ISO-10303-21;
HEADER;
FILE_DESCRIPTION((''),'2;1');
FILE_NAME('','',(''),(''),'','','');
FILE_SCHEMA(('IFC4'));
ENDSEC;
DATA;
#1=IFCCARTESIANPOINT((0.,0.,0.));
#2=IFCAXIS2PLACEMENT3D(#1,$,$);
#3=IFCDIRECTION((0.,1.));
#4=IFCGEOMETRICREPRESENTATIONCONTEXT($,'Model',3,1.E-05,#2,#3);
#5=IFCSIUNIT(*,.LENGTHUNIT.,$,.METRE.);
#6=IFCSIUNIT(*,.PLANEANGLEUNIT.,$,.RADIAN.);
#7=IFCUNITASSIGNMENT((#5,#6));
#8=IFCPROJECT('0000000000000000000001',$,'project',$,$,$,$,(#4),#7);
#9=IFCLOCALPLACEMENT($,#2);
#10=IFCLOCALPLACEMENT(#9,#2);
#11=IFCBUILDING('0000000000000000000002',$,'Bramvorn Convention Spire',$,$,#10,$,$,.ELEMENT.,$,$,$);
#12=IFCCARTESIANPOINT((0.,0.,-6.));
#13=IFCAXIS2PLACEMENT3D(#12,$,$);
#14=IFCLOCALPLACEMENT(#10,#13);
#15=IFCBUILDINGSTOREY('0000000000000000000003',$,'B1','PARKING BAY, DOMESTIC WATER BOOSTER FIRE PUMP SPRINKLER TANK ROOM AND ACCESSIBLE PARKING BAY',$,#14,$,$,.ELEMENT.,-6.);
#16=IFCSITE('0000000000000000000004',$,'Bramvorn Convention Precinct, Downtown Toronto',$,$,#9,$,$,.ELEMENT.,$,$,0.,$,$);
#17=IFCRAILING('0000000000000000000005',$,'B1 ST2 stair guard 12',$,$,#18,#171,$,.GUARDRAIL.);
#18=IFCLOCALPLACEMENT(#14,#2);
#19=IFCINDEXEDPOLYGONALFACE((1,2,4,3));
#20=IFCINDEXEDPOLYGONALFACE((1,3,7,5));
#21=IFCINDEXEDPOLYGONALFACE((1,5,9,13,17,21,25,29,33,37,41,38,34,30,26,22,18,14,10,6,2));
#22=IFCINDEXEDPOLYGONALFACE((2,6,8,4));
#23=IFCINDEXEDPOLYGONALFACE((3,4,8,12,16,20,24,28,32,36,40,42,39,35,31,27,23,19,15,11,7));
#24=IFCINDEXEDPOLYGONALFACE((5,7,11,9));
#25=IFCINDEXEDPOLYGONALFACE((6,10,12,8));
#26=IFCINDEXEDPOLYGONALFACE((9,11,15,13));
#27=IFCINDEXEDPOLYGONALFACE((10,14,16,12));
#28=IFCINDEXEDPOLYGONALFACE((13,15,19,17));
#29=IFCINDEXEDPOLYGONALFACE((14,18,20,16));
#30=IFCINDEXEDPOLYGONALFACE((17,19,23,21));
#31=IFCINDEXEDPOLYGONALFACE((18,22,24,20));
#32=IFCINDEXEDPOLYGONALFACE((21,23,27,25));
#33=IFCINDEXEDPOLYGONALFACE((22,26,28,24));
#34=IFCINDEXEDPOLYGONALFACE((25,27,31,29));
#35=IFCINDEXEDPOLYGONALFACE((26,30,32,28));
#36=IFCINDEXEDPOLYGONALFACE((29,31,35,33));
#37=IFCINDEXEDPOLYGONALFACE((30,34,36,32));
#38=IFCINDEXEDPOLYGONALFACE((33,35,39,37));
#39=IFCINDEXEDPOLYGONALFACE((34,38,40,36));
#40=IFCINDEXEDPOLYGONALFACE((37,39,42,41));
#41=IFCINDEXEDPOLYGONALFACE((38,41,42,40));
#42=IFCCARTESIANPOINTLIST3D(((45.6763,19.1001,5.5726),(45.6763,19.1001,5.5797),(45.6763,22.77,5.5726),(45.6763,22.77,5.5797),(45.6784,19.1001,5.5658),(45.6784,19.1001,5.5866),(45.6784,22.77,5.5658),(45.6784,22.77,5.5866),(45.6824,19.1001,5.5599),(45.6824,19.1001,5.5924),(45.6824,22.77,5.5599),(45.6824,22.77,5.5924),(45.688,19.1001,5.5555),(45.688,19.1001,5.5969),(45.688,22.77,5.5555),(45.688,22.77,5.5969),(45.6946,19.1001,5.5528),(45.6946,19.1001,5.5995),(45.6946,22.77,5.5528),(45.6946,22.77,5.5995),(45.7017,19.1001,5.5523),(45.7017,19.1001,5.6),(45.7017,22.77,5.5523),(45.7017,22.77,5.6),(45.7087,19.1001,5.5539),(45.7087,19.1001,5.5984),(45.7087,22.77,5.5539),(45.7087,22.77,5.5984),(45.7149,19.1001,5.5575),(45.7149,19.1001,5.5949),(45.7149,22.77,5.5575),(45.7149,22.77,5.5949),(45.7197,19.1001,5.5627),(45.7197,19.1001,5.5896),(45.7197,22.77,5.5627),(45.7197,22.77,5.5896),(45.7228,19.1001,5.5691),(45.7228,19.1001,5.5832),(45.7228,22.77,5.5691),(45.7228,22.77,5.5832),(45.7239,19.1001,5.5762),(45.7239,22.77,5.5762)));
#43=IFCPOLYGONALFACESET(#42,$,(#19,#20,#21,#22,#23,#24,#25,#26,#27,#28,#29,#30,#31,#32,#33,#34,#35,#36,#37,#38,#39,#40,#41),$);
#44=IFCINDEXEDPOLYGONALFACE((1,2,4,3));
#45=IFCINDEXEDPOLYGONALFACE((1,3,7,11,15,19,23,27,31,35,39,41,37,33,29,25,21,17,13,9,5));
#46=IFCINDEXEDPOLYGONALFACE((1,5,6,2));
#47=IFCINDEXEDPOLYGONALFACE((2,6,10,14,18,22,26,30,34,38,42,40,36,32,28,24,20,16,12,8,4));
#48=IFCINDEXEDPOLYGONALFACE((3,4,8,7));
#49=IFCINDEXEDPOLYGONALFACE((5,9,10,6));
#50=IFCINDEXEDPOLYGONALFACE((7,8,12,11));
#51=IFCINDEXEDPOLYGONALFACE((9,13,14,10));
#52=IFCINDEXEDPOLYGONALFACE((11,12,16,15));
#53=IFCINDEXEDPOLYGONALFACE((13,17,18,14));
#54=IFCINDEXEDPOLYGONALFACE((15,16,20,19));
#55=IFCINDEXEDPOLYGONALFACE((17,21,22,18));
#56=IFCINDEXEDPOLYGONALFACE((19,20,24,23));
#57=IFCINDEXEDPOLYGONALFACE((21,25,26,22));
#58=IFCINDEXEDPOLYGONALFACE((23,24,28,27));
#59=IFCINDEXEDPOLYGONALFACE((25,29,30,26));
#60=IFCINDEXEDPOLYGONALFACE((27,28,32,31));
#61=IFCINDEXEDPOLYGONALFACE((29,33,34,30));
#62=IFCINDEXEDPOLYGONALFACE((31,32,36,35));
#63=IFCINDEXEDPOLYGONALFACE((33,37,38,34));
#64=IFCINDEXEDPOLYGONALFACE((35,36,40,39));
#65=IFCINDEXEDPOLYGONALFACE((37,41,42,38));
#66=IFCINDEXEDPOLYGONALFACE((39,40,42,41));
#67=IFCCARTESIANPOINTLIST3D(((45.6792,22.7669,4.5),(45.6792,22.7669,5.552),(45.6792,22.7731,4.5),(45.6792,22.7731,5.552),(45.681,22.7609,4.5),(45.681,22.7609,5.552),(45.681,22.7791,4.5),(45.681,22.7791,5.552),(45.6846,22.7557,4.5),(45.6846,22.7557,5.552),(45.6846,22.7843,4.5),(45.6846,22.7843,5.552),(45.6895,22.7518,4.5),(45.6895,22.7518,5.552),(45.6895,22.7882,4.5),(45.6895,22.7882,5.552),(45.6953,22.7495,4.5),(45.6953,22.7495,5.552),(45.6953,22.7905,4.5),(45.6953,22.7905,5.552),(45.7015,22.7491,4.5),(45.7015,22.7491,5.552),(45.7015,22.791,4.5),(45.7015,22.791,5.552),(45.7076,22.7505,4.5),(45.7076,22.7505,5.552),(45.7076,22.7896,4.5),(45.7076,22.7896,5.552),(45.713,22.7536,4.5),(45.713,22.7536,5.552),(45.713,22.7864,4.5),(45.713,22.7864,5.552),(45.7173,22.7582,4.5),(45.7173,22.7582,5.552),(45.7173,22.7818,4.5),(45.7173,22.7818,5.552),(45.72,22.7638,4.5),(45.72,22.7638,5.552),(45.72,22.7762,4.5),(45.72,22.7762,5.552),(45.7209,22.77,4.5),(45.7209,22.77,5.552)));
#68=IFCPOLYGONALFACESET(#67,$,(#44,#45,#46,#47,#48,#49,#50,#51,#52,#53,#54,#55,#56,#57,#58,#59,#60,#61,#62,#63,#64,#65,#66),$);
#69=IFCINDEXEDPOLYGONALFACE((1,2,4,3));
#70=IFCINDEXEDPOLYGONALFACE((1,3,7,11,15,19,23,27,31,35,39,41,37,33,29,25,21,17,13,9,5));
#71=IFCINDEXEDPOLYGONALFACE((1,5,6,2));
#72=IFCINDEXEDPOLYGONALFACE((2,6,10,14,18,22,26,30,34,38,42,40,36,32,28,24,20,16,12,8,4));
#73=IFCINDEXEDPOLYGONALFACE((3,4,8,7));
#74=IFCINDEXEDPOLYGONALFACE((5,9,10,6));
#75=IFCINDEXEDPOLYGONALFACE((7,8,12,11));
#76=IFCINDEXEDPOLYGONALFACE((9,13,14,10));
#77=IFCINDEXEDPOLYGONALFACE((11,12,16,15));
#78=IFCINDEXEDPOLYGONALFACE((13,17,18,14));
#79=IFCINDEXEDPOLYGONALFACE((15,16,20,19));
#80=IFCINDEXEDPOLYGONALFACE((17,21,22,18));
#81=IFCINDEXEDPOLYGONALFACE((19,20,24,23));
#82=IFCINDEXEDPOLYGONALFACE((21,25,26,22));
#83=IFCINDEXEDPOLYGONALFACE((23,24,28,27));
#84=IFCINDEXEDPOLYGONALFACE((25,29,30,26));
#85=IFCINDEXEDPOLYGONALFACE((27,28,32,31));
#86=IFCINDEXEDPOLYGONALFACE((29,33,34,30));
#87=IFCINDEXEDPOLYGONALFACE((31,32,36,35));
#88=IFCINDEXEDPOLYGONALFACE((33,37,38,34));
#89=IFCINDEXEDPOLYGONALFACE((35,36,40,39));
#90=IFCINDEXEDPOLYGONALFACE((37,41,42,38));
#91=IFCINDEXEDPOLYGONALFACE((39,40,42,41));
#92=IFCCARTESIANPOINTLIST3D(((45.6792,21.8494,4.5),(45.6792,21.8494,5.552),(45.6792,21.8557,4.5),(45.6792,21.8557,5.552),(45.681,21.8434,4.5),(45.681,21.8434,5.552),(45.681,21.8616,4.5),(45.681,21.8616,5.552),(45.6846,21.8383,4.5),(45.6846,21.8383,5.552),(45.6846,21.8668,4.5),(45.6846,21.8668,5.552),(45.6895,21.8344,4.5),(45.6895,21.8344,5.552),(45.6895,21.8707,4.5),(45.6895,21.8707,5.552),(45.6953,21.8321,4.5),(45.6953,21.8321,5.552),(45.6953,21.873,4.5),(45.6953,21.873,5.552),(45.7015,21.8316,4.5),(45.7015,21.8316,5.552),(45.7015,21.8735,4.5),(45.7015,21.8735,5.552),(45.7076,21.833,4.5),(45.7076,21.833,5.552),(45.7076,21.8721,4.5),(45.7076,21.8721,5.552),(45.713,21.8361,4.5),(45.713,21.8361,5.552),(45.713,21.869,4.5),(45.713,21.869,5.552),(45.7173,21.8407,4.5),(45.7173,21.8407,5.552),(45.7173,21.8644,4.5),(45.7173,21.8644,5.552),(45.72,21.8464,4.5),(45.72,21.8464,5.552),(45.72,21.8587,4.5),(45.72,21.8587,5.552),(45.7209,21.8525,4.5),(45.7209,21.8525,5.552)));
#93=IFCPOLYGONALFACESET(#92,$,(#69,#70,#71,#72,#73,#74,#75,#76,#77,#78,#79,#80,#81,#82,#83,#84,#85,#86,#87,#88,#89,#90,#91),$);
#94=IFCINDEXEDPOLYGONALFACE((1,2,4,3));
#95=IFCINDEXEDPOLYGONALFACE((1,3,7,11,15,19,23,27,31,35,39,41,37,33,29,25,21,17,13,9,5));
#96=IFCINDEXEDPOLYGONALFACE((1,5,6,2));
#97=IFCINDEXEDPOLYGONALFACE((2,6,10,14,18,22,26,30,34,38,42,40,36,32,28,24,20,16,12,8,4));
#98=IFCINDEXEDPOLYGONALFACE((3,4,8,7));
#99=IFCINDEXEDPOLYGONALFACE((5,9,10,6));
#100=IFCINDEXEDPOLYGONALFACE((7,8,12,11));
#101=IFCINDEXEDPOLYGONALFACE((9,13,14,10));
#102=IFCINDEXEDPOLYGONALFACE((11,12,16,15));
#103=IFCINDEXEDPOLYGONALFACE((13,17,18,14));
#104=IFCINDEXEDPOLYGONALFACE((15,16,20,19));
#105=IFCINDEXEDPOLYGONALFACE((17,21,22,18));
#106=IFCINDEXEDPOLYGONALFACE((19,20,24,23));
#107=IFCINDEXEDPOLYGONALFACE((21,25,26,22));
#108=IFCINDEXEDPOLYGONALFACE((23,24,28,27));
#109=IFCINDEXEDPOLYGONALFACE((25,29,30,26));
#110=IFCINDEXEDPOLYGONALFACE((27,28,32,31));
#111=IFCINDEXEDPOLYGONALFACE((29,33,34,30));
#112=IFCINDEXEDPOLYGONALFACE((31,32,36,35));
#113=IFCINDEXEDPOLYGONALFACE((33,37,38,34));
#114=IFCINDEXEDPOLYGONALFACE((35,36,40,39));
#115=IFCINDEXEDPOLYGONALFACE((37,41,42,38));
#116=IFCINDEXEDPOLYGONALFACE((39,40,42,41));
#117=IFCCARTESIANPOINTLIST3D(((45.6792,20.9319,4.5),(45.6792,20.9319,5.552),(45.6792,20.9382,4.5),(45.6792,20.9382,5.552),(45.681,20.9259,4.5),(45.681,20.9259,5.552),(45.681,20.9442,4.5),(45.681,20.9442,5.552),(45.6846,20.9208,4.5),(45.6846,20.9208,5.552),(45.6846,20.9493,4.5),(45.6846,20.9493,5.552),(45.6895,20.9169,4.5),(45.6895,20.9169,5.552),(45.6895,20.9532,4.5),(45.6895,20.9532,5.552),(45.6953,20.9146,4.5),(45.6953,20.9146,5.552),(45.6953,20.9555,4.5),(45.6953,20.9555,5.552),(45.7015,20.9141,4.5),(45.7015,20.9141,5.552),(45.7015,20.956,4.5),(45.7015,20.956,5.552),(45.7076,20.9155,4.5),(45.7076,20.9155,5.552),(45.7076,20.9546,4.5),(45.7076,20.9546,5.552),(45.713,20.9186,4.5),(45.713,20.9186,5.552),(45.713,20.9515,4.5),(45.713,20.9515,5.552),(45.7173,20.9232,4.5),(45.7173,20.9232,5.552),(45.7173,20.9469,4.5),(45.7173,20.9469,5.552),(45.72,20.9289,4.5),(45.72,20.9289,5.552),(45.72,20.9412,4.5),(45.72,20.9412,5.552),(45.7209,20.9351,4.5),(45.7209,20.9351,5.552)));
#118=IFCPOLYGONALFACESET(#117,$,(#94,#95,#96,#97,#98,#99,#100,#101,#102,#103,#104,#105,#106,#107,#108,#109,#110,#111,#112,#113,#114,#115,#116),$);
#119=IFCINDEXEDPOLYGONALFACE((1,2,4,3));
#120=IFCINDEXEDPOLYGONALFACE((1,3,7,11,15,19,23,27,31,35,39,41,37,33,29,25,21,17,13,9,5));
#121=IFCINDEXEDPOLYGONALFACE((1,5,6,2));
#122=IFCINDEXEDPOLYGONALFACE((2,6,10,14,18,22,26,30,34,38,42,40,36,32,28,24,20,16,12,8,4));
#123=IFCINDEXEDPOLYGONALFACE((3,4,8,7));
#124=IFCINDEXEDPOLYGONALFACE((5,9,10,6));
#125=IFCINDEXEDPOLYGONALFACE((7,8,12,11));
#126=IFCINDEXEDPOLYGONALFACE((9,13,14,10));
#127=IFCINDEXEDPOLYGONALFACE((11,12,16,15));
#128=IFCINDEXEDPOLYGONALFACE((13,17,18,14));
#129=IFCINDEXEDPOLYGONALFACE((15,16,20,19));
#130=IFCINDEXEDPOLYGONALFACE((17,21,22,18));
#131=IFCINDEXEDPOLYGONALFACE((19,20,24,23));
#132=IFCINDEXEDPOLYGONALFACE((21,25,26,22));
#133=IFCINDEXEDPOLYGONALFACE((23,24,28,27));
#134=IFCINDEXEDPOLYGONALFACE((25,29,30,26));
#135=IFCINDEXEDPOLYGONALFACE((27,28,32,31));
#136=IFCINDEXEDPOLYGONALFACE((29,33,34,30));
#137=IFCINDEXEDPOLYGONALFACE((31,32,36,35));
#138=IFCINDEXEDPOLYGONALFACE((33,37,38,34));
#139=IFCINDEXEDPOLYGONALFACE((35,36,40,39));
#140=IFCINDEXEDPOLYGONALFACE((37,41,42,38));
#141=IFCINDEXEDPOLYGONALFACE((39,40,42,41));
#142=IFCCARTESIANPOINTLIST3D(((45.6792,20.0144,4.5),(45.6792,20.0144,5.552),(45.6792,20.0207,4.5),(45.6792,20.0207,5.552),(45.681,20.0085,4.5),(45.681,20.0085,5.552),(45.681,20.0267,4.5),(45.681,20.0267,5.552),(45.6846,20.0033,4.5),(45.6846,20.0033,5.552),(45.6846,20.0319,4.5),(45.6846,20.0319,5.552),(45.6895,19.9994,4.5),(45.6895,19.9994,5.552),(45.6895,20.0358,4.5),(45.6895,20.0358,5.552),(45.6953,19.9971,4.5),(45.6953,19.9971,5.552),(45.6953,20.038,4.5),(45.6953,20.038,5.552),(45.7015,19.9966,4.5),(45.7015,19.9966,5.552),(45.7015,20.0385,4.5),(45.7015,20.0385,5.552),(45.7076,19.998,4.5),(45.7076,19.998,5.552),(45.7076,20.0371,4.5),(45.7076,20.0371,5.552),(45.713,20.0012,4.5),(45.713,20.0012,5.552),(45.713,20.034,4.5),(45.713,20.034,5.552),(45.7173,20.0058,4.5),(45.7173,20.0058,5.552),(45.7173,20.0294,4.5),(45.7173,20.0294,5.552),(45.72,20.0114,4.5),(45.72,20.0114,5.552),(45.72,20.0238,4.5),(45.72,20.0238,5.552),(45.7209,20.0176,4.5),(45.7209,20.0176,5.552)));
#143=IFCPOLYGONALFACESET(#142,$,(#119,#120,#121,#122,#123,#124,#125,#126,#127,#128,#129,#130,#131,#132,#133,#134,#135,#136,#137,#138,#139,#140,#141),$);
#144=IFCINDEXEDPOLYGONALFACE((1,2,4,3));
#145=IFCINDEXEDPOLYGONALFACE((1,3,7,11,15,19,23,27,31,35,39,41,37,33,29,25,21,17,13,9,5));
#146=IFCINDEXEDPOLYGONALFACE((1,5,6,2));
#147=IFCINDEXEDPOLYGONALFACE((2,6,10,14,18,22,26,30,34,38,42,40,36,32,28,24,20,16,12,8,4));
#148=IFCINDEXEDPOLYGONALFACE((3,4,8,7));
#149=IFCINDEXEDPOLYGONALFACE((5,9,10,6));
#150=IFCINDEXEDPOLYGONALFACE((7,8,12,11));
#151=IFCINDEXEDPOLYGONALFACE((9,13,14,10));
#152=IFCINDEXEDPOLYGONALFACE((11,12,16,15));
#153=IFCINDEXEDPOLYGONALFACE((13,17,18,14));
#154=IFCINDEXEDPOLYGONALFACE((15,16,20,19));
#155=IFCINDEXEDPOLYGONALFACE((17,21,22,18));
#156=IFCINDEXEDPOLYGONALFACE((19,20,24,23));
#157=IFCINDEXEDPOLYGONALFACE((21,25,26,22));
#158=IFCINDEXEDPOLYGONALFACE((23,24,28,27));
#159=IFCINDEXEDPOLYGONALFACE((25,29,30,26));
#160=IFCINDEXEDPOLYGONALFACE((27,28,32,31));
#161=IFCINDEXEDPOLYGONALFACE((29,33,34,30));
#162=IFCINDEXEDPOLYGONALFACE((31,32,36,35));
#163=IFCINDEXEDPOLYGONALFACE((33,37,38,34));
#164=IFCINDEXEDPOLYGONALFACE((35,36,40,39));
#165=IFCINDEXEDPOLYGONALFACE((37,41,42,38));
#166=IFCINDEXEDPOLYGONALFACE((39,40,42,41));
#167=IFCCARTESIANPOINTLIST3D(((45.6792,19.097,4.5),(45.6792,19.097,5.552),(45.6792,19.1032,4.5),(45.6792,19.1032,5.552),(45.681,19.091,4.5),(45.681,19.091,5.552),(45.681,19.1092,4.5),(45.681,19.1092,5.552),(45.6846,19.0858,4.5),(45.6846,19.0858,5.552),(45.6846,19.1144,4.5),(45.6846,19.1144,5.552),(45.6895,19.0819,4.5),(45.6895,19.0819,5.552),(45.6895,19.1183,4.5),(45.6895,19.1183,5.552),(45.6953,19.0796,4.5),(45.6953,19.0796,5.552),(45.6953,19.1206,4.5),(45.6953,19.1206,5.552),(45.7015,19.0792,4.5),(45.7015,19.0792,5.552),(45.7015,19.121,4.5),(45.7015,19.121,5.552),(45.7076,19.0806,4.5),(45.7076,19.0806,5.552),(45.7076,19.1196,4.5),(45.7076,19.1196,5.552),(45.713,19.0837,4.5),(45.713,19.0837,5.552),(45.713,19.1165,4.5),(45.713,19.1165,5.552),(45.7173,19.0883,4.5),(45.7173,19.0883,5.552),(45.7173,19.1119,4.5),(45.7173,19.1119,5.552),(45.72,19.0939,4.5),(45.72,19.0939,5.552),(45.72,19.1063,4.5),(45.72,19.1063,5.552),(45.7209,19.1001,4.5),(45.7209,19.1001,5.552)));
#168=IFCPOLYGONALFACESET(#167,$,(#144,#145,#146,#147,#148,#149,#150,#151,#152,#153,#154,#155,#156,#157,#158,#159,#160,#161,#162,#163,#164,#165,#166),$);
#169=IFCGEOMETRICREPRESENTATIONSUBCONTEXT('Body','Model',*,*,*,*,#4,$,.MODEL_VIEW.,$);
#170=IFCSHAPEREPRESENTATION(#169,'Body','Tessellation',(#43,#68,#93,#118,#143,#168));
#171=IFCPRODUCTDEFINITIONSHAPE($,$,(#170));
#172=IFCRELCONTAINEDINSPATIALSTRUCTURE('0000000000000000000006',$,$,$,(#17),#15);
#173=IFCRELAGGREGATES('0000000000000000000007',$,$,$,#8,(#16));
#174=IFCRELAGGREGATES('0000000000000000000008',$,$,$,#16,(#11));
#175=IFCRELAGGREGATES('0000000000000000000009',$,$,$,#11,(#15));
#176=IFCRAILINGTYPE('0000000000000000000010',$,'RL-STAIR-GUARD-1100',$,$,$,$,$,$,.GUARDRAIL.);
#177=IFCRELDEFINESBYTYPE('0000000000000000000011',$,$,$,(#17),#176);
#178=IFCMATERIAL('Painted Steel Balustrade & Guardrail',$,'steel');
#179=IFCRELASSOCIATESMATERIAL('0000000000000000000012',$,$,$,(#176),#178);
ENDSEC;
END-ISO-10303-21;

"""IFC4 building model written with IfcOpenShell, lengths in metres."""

from ifc_helpers import new_model, si_unit, direction, frame, origin, origin_2d, place, context, subcontext, project, spatial, circle, extrude, material, type_object, element, save


model = new_model("IFC4")

# Units and contexts
model_context = context("Model", 3, precision=1e-05, world=origin(), true_north=direction((0.0, 1.0)))
body_context = subcontext(model_context, "Body", "Model", "MODEL_VIEW")
ifc_project = project(units=[si_unit("LENGTHUNIT", "METRE"), si_unit("PLANEANGLEUNIT", "RADIAN")], contexts=[model_context])

# Site, building, storey
site_placement = place(None, origin())
site = spatial("IfcSite", under=ifc_project, at=site_placement, Name="Bramvorn Convention Precinct, Downtown Toronto", CompositionType="ELEMENT", RefElevation=0.0)
building_placement = place(site_placement, origin())
building = spatial("IfcBuilding", under=site, at=building_placement, Name="Bramvorn Convention Spire", CompositionType="ELEMENT")
storey_placement = place(building_placement, frame((0.0, 0.0, -6.0)))
storey = spatial("IfcBuildingStorey", under=building, at=storey_placement, Name="B1", Description="PARKING BAY, DOMESTIC WATER BOOSTER FIRE PUMP SPRINKLER TANK ROOM AND ACCESSIBLE PARKING BAY", CompositionType="ELEMENT", Elevation=-6.0)

# Railing
ifc_material_1 = material(Name="Painted Steel Balustrade & Guardrail", Category="steel")
railing_type_1 = type_object("IfcRailingType", Name="RL-STAIR-GUARD-1100", PredefinedType="GUARDRAIL", material=ifc_material_1)
for number, where, name in (
    (1, (45.7, 22.77, 4.5), "B1 ST2 stair guard 12"),
):
    element("IfcRailing", number, at=place(storey_placement, frame(where)), inside=storey, type_object=railing_type_1, Name=name, PredefinedType="GUARDRAIL", context=body_context, shape_type="SweptSolid", body=[
        extrude(circle(Radius=0.0239, at=origin_2d()), frame((0.0, 0.0, 1.0762), z_axis=(0.0, -1.0, 0.0), x_axis=(1.0, 0.0, 0.0)), (0.0, 0.0, 1.0), 3.6699),
        extrude(circle(Radius=0.021, at=origin_2d()), origin(), (0.0, 0.0, 1.0), 1.052),
        extrude(circle(Radius=0.021, at=origin_2d()), frame((0.0, -0.9175, 0.0)), (0.0, 0.0, 1.0), 1.052),
        extrude(circle(Radius=0.021, at=origin_2d()), frame((0.0, -1.835, 0.0)), (0.0, 0.0, 1.0), 1.052),
        extrude(circle(Radius=0.021, at=origin_2d()), frame((0.0, -2.7524, 0.0)), (0.0, 0.0, 1.0), 1.052),
        extrude(circle(Radius=0.021, at=origin_2d()), frame((0.0, -3.6699, 0.0)), (0.0, 0.0, 1.0), 1.052),
    ])

save(model, "model.ifc")
